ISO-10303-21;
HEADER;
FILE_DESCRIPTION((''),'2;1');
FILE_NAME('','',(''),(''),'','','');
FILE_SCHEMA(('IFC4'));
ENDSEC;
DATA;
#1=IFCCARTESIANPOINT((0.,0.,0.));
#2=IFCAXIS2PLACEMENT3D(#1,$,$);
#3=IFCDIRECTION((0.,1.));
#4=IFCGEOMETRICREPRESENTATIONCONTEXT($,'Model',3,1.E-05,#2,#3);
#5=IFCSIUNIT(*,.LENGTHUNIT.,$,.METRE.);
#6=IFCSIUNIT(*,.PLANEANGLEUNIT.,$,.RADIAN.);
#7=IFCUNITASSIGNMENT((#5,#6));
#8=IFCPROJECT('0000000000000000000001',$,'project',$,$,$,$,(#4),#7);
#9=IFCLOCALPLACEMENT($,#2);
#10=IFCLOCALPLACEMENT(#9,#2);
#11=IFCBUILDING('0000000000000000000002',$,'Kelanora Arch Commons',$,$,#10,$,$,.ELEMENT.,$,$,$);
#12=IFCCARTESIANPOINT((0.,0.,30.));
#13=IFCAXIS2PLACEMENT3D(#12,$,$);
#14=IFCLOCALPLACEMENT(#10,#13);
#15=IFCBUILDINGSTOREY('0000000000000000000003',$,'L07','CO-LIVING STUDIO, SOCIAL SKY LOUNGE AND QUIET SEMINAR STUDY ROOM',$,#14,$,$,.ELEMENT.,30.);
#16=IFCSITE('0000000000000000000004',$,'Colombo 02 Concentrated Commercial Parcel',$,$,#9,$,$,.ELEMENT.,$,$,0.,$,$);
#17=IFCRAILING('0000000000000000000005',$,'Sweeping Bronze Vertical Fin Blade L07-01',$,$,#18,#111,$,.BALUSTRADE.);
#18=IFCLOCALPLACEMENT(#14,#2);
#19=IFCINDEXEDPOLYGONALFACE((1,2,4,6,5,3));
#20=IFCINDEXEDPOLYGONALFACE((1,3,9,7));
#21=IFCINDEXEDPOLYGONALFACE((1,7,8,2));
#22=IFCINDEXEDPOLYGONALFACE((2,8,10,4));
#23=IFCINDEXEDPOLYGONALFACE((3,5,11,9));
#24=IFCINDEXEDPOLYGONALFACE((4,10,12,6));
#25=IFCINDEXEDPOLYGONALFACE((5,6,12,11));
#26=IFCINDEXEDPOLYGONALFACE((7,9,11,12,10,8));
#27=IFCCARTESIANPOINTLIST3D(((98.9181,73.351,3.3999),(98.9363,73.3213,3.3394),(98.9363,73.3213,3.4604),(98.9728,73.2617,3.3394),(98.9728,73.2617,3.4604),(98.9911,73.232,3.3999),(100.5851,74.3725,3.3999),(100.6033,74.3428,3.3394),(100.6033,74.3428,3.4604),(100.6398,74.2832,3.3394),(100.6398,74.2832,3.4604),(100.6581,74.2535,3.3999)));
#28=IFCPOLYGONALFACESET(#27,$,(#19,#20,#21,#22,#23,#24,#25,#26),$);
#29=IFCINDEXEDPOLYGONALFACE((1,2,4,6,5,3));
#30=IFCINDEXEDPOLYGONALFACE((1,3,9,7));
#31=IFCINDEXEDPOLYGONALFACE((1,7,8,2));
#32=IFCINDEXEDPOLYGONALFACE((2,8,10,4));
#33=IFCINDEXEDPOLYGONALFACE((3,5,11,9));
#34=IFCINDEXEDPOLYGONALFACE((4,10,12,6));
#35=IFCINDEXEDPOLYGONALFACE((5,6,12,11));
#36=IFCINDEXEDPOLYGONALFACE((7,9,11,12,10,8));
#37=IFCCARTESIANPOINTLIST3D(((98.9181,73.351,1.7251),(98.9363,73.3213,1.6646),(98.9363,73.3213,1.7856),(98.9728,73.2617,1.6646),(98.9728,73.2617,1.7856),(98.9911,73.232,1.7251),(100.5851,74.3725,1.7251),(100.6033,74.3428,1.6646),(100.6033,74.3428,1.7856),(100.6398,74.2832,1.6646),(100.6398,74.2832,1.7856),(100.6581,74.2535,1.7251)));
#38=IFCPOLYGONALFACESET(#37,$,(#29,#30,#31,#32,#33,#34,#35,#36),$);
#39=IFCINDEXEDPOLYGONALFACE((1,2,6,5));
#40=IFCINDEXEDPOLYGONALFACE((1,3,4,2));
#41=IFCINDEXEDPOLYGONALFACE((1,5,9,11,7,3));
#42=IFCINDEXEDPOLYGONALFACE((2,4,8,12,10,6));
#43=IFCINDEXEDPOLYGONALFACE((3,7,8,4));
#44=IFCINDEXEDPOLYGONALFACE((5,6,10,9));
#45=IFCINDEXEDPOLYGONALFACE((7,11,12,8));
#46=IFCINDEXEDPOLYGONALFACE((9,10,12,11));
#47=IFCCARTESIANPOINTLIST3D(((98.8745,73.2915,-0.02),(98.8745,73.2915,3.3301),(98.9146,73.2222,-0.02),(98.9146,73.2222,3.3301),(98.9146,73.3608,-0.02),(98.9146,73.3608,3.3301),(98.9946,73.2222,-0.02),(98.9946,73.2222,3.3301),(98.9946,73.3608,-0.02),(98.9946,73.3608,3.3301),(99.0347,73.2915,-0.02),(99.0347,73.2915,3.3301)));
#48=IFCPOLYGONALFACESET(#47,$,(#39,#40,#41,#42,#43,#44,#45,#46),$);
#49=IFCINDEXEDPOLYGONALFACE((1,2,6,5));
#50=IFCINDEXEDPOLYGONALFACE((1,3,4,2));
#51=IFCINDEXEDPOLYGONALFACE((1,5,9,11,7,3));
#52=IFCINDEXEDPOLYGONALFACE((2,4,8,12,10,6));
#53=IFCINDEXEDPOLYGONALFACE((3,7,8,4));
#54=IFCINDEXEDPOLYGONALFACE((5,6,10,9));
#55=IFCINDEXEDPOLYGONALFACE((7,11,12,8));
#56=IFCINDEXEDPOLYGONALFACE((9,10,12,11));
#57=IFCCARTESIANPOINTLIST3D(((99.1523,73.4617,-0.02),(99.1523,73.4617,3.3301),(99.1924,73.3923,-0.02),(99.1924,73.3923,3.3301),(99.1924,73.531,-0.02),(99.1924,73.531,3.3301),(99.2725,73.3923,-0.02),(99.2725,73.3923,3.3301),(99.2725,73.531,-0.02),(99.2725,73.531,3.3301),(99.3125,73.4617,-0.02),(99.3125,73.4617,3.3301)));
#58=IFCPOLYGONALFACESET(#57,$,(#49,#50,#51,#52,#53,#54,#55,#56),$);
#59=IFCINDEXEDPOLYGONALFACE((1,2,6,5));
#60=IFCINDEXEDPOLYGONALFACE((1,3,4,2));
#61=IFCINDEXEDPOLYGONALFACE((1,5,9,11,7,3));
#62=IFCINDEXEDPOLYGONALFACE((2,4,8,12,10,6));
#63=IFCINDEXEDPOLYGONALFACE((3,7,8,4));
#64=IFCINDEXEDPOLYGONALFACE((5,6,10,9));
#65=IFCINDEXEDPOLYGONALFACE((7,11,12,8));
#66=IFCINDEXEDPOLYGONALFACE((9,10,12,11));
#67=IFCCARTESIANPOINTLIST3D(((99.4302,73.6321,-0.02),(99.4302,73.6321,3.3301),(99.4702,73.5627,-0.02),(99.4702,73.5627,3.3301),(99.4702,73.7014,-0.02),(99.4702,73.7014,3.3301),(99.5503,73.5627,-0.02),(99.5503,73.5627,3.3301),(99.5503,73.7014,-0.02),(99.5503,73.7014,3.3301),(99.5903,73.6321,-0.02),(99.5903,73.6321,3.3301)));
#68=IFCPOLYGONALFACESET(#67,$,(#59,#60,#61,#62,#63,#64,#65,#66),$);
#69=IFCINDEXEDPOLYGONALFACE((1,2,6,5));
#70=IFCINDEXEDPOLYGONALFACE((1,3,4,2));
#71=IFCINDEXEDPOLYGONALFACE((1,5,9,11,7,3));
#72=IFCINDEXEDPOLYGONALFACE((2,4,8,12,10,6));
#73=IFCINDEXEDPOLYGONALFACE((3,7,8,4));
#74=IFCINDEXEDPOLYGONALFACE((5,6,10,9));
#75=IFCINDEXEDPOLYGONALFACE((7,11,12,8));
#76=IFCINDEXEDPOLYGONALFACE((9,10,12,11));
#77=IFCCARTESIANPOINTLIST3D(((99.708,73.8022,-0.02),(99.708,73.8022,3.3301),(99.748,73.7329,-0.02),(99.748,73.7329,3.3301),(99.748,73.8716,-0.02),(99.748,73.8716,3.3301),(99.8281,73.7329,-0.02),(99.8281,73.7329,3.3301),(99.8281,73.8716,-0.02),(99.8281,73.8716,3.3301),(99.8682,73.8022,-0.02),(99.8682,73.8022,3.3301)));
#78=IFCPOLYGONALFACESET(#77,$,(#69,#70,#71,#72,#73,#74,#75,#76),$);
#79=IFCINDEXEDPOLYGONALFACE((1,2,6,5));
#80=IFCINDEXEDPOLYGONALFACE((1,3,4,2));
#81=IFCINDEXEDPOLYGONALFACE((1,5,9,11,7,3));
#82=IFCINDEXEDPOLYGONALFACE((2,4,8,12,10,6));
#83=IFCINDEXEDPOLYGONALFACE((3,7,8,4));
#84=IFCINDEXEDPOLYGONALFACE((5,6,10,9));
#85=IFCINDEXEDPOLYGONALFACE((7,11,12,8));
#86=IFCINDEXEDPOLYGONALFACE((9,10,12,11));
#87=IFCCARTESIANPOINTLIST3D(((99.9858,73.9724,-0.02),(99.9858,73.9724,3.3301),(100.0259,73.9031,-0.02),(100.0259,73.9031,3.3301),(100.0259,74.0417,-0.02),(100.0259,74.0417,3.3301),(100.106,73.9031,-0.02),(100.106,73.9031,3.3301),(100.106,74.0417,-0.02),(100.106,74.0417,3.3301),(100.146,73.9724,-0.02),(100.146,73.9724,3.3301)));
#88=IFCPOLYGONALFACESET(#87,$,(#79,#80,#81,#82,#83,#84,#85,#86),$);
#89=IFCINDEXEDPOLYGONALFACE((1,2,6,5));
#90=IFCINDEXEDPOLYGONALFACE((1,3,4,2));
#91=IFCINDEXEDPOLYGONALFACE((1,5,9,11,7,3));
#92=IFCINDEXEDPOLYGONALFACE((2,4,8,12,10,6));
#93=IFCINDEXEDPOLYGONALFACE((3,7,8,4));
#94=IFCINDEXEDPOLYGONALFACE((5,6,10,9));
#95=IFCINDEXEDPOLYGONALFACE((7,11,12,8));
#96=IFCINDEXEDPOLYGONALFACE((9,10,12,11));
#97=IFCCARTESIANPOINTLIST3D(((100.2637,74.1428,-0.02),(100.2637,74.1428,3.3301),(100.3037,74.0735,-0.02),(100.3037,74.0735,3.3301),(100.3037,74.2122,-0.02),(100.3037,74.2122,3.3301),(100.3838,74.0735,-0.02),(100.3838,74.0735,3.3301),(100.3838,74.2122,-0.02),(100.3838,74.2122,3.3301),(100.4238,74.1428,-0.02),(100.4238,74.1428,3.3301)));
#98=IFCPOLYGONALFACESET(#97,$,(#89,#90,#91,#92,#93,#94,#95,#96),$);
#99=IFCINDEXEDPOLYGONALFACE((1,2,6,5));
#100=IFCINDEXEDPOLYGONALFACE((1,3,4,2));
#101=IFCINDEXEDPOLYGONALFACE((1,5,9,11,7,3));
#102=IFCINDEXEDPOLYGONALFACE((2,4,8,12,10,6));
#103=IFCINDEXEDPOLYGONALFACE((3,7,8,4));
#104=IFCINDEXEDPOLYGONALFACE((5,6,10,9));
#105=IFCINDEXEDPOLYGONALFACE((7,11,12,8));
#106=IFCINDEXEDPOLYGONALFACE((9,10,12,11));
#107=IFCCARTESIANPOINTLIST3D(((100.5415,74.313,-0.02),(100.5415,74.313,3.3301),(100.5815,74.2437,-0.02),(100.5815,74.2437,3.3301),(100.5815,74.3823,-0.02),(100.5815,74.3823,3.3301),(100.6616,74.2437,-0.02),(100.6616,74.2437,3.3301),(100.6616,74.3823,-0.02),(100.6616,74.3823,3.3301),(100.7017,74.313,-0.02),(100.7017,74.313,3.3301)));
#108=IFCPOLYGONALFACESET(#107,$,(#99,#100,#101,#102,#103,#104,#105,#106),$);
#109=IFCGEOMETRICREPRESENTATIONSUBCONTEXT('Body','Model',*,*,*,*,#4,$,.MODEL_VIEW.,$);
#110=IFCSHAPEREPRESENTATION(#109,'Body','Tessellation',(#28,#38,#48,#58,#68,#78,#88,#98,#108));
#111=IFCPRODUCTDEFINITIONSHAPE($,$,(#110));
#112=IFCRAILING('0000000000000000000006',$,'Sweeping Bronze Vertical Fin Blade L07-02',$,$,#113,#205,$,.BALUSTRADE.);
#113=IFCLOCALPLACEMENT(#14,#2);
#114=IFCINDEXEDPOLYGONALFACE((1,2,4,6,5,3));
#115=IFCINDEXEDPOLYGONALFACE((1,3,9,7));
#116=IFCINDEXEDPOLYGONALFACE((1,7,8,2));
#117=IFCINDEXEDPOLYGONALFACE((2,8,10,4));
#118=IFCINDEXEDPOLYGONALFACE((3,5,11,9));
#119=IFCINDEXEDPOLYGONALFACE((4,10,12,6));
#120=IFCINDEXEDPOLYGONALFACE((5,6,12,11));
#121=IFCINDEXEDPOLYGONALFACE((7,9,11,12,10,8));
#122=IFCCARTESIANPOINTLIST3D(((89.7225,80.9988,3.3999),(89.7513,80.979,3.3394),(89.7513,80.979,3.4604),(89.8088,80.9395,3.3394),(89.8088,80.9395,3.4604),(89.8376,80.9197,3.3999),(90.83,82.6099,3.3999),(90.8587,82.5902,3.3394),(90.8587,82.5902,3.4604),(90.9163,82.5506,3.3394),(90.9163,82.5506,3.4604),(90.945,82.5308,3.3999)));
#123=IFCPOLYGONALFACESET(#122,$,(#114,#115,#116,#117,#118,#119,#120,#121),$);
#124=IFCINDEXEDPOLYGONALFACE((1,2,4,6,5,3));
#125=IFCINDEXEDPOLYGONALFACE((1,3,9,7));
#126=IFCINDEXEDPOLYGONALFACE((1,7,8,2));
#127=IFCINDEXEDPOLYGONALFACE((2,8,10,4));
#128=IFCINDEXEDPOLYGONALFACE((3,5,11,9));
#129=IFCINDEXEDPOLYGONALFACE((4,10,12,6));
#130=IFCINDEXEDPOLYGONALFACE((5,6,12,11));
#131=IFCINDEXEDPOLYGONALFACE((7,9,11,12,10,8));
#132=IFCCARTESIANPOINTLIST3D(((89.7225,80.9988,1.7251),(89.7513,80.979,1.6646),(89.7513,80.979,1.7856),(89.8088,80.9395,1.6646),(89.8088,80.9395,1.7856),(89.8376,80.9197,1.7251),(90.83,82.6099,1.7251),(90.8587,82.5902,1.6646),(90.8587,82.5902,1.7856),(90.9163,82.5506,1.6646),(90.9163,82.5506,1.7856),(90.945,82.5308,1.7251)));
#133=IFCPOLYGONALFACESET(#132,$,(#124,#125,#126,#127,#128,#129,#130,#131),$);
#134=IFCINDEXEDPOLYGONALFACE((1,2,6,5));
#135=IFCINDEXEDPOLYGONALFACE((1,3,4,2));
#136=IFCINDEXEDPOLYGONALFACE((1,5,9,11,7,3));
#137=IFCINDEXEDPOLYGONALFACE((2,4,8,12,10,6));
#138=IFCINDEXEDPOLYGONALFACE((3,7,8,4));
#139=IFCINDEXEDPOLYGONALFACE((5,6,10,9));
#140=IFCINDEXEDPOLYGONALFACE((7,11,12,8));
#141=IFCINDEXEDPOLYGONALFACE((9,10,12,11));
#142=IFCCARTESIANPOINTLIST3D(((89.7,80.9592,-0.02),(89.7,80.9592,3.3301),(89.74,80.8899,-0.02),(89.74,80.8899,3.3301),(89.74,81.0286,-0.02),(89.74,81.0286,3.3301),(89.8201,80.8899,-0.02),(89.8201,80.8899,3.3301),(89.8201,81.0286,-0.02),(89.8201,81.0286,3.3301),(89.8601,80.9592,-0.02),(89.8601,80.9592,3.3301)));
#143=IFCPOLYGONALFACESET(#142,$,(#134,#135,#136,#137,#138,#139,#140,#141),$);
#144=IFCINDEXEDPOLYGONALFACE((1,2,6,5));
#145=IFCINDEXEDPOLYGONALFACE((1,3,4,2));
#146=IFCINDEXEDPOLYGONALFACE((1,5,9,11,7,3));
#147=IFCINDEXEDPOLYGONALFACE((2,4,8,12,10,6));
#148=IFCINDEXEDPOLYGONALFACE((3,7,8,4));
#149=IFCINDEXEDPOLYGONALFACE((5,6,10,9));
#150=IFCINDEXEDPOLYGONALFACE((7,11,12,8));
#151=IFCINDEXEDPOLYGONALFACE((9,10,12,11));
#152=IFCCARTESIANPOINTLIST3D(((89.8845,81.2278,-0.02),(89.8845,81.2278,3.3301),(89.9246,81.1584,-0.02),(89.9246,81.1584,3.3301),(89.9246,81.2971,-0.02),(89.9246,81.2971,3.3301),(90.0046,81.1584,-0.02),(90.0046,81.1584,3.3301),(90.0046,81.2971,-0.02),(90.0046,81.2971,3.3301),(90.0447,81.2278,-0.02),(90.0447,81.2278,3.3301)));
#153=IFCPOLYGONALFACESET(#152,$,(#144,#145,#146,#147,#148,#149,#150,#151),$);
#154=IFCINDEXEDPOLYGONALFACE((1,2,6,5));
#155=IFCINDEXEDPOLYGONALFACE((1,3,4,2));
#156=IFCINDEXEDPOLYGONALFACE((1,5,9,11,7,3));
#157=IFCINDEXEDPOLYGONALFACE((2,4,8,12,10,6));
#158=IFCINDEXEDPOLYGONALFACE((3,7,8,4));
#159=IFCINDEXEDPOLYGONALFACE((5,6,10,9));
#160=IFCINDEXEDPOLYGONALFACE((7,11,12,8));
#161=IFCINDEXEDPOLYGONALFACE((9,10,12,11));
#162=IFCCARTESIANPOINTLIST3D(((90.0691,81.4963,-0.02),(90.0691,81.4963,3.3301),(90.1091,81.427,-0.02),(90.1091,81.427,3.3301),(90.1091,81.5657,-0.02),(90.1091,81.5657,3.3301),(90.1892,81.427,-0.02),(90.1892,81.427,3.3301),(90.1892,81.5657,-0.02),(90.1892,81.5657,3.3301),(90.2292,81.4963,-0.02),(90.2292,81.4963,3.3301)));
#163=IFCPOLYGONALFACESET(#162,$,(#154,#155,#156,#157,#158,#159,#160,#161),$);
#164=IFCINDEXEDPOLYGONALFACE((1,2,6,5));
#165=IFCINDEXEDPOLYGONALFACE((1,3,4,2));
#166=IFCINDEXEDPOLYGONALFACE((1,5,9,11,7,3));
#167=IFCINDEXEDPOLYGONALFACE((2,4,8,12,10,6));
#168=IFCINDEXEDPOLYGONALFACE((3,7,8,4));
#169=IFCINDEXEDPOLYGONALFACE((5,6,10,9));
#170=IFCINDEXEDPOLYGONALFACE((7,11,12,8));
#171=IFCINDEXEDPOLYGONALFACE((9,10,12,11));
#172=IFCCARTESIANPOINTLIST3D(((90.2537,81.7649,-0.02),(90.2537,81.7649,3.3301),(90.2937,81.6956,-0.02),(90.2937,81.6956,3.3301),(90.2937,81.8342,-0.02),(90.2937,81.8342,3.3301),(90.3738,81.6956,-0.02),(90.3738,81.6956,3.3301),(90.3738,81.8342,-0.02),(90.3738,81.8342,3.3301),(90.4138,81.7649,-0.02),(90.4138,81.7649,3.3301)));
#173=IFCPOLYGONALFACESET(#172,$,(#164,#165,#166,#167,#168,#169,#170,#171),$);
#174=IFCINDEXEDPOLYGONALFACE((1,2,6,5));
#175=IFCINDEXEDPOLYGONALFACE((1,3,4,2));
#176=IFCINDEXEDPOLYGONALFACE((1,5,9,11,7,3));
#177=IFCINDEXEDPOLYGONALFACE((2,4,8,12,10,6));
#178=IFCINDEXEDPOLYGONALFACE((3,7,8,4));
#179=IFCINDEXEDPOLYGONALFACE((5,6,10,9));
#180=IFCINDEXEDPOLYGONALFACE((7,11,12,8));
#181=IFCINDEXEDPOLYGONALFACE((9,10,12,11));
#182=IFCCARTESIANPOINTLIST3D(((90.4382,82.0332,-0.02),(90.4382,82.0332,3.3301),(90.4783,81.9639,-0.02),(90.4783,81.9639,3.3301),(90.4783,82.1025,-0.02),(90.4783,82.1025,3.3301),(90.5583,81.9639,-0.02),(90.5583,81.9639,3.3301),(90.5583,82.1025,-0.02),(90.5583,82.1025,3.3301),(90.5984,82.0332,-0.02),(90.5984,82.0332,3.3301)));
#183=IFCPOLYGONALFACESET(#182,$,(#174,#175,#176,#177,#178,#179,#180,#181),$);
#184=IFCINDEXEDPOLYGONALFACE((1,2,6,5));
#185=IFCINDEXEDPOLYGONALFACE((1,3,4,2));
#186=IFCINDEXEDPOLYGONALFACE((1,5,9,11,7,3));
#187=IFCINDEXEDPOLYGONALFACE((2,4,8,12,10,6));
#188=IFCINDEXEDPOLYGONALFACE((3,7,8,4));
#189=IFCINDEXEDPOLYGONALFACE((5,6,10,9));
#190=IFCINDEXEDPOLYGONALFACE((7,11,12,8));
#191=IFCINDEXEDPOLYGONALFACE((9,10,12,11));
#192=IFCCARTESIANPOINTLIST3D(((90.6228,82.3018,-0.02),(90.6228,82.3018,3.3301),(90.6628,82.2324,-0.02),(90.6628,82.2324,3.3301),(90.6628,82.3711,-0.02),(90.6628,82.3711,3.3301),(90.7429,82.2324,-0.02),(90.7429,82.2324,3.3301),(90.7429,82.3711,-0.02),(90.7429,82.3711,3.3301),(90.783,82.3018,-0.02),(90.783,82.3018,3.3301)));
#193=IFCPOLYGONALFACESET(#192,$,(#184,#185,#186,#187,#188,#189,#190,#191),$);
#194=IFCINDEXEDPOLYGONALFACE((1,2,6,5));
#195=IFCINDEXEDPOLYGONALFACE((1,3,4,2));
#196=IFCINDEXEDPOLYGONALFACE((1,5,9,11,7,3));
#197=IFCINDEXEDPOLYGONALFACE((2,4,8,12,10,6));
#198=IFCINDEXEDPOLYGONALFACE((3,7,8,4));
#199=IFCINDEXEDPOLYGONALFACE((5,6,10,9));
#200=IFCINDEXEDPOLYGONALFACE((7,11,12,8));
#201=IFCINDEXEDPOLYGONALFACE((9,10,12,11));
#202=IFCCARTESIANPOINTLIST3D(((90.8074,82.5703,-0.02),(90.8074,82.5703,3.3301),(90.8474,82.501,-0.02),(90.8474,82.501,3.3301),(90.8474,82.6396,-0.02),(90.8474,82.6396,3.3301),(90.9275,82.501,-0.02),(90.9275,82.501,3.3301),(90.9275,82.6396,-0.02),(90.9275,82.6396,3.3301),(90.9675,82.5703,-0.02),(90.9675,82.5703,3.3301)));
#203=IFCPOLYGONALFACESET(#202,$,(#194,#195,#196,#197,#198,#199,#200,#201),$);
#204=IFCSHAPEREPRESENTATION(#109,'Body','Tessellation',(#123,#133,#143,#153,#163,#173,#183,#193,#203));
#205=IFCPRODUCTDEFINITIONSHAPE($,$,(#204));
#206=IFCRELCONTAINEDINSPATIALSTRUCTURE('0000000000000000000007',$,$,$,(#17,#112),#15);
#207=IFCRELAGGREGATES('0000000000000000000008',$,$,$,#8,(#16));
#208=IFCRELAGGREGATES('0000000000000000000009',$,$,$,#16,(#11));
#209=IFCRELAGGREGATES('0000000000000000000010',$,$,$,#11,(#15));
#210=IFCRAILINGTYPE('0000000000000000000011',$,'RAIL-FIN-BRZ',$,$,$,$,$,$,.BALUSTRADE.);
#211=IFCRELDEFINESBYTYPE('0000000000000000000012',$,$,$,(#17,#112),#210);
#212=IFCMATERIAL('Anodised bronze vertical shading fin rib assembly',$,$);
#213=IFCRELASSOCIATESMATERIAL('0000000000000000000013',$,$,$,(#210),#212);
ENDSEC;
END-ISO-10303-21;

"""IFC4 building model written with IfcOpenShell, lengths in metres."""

from ifc_helpers import new_model, si_unit, direction, frame, origin, place, context, subcontext, project, spatial, polyline, outline, extrude, material, type_object, element, save


model = new_model("IFC4")

# Units and contexts
model_context = context("Model", 3, precision=1e-05, world=origin(), true_north=direction((0.0, 1.0)))
body_context = subcontext(model_context, "Body", "Model", "MODEL_VIEW")
ifc_project = project(units=[si_unit("LENGTHUNIT", "METRE"), si_unit("PLANEANGLEUNIT", "RADIAN")], contexts=[model_context])

# Site, building, storey
site_placement = place(None, origin())
site = spatial("IfcSite", under=ifc_project, at=site_placement, Name="Colombo 02 Concentrated Commercial Parcel", CompositionType="ELEMENT", RefElevation=0.0)
building_placement = place(site_placement, origin())
building = spatial("IfcBuilding", under=site, at=building_placement, Name="Kelanora Arch Commons", CompositionType="ELEMENT")
storey_placement = place(building_placement, frame((0.0, 0.0, 30.0)))
storey = spatial("IfcBuildingStorey", under=building, at=storey_placement, Name="L07", Description="CO-LIVING STUDIO, SOCIAL SKY LOUNGE AND QUIET SEMINAR STUDY ROOM", CompositionType="ELEMENT", Elevation=30.0)

# Railings
ifc_material_1 = material(Name="Anodised bronze vertical shading fin rib assembly")
railing_type = type_object("IfcRailingType", Name="RAIL-FIN-BRZ", PredefinedType="BALUSTRADE", material=ifc_material_1)
railing_1_placement = place(storey_placement, frame((98.9546, 73.2915, -0.02)))
element("IfcRailing", 1, at=railing_1_placement, inside=storey, type_object=railing_type, Name="Sweeping Bronze Vertical Fin Blade L07-01", PredefinedType="BALUSTRADE", context=body_context, shape_type="SweptSolid", body=[
    extrude(outline(polyline([(0.0698, 0.0), (0.0349, 0.0605), (-0.0349, 0.0605), (-0.0698, 0.0), (-0.0349, -0.0605), (0.0349, -0.0605), (0.0698, 0.0)])), frame((0.0, 0.0, 3.4199), z_axis=(0.852652, 0.52248, 0.0), x_axis=(-0.52248, 0.852652, 0.0)), (0.0, 0.0, 1.0), 1.9551),
    extrude(outline(polyline([(0.0698, 0.0), (0.0349, 0.0605), (-0.0349, 0.0605), (-0.0698, 0.0), (-0.0349, -0.0605), (0.0349, -0.0605), (0.0698, 0.0)])), frame((0.0, 0.0, 1.7451), z_axis=(0.852652, 0.52248, 0.0), x_axis=(-0.52248, 0.852652, 0.0)), (0.0, 0.0, 1.0), 1.9551),
    extrude(outline(polyline([(0.0801, 0.0), (0.04, 0.0693), (-0.04, 0.0693), (-0.0801, 0.0), (-0.04, -0.0693), (0.04, -0.0693), (0.0801, 0.0)])), origin(), (0.0, 0.0, 1.0), 3.3501),
    extrude(outline(polyline([(0.0801, 0.0), (0.04, 0.0693), (-0.04, 0.0693), (-0.0801, 0.0), (-0.04, -0.0693), (0.04, -0.0693), (0.0801, 0.0)])), frame((0.2778, 0.1702, 0.0)), (0.0, 0.0, 1.0), 3.3501),
    extrude(outline(polyline([(0.0801, 0.0), (0.04, 0.0693), (-0.04, 0.0693), (-0.0801, 0.0), (-0.04, -0.0693), (0.04, -0.0693), (0.0801, 0.0)])), frame((0.5557, 0.3406, 0.0)), (0.0, 0.0, 1.0), 3.3501),
    extrude(outline(polyline([(0.0801, 0.0), (0.04, 0.0693), (-0.04, 0.0693), (-0.0801, 0.0), (-0.04, -0.0693), (0.04, -0.0693), (0.0801, 0.0)])), frame((0.8335, 0.5107, 0.0)), (0.0, 0.0, 1.0), 3.3501),
    extrude(outline(polyline([(0.0801, 0.0), (0.04, 0.0693), (-0.04, 0.0693), (-0.0801, 0.0), (-0.04, -0.0693), (0.04, -0.0693), (0.0801, 0.0)])), frame((1.1113, 0.6809, 0.0)), (0.0, 0.0, 1.0), 3.3501),
    extrude(outline(polyline([(0.0801, 0.0), (0.04, 0.0693), (-0.04, 0.0693), (-0.0801, 0.0), (-0.04, -0.0693), (0.04, -0.0693), (0.0801, 0.0)])), frame((1.3892, 0.8513, 0.0)), (0.0, 0.0, 1.0), 3.3501),
    extrude(outline(polyline([(0.0801, 0.0), (0.04, 0.0693), (-0.04, 0.0693), (-0.0801, 0.0), (-0.04, -0.0693), (0.04, -0.0693), (0.0801, 0.0)])), frame((1.667, 1.0215, 0.0)), (0.0, 0.0, 1.0), 3.3501),
])
railing_2_placement = place(storey_placement, frame((89.78, 80.9592, -0.02)))
element("IfcRailing", 2, at=railing_2_placement, inside=storey, type_object=railing_type, Name="Sweeping Bronze Vertical Fin Blade L07-02", PredefinedType="BALUSTRADE", context=body_context, shape_type="SweptSolid", body=[
    extrude(outline(polyline([(0.0698, 0.0), (0.0349, 0.0605), (-0.0349, 0.0605), (-0.0698, 0.0), (-0.0349, -0.0605), (0.0349, -0.0605), (0.0698, 0.0)])), frame((0.0, 0.0, 3.4199), z_axis=(0.56646, 0.824089, 0.0), x_axis=(-0.824089, 0.56646, 0.0)), (0.0, 0.0, 1.0), 1.9551),
    extrude(outline(polyline([(0.0698, 0.0), (0.0349, 0.0605), (-0.0349, 0.0605), (-0.0698, 0.0), (-0.0349, -0.0605), (0.0349, -0.0605), (0.0698, 0.0)])), frame((0.0, 0.0, 1.7451), z_axis=(0.56646, 0.824089, 0.0), x_axis=(-0.824089, 0.56646, 0.0)), (0.0, 0.0, 1.0), 1.9551),
    extrude(outline(polyline([(0.0801, 0.0), (0.04, 0.0693), (-0.04, 0.0693), (-0.0801, 0.0), (-0.04, -0.0693), (0.04, -0.0693), (0.0801, 0.0)])), origin(), (0.0, 0.0, 1.0), 3.3501),
    extrude(outline(polyline([(0.0801, 0.0), (0.04, 0.0693), (-0.04, 0.0693), (-0.0801, 0.0), (-0.04, -0.0693), (0.04, -0.0693), (0.0801, 0.0)])), frame((0.1846, 0.2686, 0.0)), (0.0, 0.0, 1.0), 3.3501),
    extrude(outline(polyline([(0.0801, 0.0), (0.04, 0.0693), (-0.04, 0.0693), (-0.0801, 0.0), (-0.04, -0.0693), (0.04, -0.0693), (0.0801, 0.0)])), frame((0.3691, 0.5371, 0.0)), (0.0, 0.0, 1.0), 3.3501),
    extrude(outline(polyline([(0.0801, 0.0), (0.04, 0.0693), (-0.04, 0.0693), (-0.0801, 0.0), (-0.04, -0.0693), (0.04, -0.0693), (0.0801, 0.0)])), frame((0.5537, 0.8057, 0.0)), (0.0, 0.0, 1.0), 3.3501),
    extrude(outline(polyline([(0.0801, 0.0), (0.04, 0.0693), (-0.04, 0.0693), (-0.0801, 0.0), (-0.04, -0.0693), (0.04, -0.0693), (0.0801, 0.0)])), frame((0.7383, 1.074, 0.0)), (0.0, 0.0, 1.0), 3.3501),
    extrude(outline(polyline([(0.0801, 0.0), (0.04, 0.0693), (-0.04, 0.0693), (-0.0801, 0.0), (-0.04, -0.0693), (0.04, -0.0693), (0.0801, 0.0)])), frame((0.9229, 1.3425, 0.0)), (0.0, 0.0, 1.0), 3.3501),
    extrude(outline(polyline([(0.0801, 0.0), (0.04, 0.0693), (-0.04, 0.0693), (-0.0801, 0.0), (-0.04, -0.0693), (0.04, -0.0693), (0.0801, 0.0)])), frame((1.1074, 1.6111, 0.0)), (0.0, 0.0, 1.0), 3.3501),
])

save(model, "model.ifc")
